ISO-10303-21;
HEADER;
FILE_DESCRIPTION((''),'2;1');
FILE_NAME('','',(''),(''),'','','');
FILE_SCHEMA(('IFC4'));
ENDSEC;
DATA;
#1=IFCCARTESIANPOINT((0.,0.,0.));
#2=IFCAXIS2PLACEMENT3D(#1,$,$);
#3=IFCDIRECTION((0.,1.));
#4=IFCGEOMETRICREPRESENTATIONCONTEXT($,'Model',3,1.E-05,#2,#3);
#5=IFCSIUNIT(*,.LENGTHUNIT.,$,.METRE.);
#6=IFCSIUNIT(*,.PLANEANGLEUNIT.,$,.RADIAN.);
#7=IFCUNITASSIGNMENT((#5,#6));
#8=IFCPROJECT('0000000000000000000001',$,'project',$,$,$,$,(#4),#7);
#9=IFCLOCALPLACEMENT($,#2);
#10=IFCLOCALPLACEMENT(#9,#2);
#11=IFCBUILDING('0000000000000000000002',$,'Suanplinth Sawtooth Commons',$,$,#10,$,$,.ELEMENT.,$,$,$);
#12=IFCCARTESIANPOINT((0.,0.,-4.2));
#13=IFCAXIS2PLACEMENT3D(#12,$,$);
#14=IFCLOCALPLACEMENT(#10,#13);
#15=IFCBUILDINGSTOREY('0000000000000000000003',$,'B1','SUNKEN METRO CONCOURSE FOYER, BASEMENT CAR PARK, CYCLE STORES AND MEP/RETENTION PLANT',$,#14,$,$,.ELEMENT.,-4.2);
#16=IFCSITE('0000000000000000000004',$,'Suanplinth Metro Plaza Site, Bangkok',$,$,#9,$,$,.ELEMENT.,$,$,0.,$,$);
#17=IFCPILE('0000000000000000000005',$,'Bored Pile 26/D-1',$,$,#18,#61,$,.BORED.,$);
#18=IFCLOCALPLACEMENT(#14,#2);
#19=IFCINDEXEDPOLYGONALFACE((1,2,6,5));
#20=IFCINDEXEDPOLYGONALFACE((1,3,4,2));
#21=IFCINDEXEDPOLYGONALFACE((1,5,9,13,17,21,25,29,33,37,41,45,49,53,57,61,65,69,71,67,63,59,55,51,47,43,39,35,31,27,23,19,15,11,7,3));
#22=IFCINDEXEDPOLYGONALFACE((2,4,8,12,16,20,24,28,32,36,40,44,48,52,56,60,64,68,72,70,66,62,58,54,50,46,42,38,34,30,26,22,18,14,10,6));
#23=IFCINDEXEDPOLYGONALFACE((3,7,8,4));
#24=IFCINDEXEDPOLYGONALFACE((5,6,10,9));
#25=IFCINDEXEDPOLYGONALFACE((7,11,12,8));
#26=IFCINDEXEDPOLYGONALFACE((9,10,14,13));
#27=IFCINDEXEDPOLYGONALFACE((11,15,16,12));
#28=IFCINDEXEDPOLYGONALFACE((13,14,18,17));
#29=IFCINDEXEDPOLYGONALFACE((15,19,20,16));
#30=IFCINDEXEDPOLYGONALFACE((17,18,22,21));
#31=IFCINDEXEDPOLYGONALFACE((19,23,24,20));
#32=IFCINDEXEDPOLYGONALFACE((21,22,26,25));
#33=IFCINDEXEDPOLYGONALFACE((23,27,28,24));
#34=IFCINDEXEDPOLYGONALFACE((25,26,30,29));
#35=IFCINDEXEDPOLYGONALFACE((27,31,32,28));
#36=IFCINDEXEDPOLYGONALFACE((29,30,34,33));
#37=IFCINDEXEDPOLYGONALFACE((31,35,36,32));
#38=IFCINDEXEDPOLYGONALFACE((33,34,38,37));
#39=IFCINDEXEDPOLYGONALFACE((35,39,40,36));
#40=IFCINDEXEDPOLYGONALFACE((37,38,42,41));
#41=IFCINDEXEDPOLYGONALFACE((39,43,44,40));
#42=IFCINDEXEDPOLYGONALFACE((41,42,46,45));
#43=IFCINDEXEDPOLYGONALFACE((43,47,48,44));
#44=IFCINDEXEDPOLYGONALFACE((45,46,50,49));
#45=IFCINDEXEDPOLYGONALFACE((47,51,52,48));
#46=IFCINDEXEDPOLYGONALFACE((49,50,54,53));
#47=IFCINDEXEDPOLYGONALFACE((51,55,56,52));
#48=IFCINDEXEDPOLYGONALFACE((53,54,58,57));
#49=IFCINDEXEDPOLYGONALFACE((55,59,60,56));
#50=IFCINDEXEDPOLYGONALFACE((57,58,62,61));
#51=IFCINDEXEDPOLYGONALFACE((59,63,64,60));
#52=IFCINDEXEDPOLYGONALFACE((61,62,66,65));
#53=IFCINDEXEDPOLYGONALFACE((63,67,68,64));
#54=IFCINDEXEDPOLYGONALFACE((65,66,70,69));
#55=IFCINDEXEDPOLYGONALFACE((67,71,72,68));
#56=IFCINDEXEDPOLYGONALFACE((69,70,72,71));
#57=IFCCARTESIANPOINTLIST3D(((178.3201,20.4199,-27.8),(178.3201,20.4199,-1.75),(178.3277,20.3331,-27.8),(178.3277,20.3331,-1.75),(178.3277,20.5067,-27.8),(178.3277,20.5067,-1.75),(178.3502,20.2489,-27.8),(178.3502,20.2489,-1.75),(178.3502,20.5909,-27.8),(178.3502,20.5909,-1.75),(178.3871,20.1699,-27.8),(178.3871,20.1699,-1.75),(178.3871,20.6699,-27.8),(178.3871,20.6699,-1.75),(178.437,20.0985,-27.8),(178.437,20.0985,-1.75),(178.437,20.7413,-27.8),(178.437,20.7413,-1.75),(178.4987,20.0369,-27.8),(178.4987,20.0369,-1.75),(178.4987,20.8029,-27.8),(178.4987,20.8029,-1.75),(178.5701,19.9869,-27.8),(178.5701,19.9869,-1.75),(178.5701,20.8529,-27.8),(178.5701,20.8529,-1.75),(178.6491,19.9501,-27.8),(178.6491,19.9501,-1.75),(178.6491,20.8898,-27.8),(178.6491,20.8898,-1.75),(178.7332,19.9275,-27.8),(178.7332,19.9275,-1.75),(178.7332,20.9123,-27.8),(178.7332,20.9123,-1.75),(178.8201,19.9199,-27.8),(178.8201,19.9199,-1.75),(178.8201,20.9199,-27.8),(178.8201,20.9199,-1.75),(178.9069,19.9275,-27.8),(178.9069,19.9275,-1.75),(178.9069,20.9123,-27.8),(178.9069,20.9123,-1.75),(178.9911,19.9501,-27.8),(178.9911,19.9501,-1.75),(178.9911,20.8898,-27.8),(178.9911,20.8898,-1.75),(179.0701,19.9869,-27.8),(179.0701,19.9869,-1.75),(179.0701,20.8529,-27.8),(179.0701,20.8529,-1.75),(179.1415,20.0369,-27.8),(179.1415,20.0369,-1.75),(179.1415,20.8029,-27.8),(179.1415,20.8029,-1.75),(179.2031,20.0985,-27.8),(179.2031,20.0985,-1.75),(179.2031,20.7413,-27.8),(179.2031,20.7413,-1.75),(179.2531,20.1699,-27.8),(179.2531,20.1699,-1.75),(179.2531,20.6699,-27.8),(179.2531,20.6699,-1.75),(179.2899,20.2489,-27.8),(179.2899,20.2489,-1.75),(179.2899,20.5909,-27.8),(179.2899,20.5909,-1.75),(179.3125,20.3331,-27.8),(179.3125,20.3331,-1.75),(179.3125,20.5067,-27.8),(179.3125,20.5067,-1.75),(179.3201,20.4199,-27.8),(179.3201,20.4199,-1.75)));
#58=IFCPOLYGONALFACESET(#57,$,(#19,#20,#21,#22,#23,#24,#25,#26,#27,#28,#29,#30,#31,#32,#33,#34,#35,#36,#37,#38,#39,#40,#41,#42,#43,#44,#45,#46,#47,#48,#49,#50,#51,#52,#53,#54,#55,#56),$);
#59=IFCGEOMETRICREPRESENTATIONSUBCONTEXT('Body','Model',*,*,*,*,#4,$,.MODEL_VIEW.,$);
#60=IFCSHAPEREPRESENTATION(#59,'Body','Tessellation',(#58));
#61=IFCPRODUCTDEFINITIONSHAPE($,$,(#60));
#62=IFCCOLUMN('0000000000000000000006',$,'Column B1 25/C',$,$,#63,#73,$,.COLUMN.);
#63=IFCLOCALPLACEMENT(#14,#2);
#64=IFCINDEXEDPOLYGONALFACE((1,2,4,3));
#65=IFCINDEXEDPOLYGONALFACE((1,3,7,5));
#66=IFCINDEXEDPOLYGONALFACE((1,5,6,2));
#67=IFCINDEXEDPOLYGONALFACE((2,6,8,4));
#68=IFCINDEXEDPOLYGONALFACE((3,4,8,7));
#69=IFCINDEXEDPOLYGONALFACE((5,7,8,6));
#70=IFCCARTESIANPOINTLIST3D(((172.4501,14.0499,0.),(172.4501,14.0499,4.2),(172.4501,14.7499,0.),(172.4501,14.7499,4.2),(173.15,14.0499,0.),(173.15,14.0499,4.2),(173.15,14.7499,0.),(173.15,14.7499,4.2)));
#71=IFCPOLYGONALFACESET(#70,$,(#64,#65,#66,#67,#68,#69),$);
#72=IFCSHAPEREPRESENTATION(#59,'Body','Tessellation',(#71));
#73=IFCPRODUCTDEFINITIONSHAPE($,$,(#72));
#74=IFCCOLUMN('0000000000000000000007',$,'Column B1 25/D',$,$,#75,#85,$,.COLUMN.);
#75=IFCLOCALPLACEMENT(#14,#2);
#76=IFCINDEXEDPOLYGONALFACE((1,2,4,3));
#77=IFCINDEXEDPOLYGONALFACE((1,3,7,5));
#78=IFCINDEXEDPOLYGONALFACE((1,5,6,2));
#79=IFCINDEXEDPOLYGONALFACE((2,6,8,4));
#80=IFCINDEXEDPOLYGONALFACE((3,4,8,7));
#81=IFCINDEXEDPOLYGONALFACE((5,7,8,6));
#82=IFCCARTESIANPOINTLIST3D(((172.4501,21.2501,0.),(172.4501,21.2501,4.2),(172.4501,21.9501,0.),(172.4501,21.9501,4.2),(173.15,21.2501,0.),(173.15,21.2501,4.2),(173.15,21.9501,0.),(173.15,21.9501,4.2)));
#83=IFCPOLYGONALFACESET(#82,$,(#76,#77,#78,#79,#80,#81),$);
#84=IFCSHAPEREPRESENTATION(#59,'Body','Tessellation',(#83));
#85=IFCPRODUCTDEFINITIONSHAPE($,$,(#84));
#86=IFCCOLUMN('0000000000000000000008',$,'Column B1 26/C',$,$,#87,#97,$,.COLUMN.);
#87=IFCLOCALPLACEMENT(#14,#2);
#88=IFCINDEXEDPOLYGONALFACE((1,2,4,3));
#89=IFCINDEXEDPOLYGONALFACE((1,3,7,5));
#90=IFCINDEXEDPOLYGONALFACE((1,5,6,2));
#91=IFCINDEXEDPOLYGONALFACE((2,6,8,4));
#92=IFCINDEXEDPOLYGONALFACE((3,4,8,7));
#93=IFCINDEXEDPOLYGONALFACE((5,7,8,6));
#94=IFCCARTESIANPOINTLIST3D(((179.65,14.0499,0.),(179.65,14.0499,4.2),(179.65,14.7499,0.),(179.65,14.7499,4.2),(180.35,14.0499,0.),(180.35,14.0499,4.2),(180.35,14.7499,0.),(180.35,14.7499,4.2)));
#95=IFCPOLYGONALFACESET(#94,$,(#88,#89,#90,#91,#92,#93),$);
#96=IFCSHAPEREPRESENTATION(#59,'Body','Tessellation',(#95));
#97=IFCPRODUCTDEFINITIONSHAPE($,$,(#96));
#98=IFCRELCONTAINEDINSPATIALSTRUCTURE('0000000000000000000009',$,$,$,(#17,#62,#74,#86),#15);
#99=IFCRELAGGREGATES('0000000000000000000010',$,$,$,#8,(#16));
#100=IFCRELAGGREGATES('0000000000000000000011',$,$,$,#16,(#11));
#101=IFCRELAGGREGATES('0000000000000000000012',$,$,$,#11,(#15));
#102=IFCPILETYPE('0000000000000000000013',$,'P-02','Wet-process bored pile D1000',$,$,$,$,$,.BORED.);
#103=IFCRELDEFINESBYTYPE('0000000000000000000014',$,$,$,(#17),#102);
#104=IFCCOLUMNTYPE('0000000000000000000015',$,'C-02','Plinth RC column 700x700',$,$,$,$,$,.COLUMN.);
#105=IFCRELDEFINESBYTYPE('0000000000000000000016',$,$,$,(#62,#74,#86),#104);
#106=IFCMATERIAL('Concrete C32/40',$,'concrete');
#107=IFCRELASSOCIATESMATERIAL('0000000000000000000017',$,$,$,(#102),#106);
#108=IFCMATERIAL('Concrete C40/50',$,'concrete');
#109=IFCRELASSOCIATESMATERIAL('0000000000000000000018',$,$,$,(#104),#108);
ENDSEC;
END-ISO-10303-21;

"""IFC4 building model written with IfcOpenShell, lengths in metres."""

from ifc_helpers import new_model, si_unit, direction, frame, origin, origin_2d, place, context, subcontext, project, spatial, rectangle, circle, extrude, material, material_profile, profile_set, type_object, element, save


model = new_model("IFC4")

# Units and contexts
model_context = context("Model", 3, precision=1e-05, world=origin(), true_north=direction((0.0, 1.0)))
body_context = subcontext(model_context, "Body", "Model", "MODEL_VIEW")
ifc_project = project(units=[si_unit("LENGTHUNIT", "METRE"), si_unit("PLANEANGLEUNIT", "RADIAN")], contexts=[model_context])

# Site, building, storey
site_placement = place(None, origin())
site = spatial("IfcSite", under=ifc_project, at=site_placement, Name="Suanplinth Metro Plaza Site, Bangkok", CompositionType="ELEMENT", RefElevation=0.0)
building_placement = place(site_placement, origin())
building = spatial("IfcBuilding", under=site, at=building_placement, Name="Suanplinth Sawtooth Commons", CompositionType="ELEMENT")
storey_placement = place(building_placement, frame((0.0, 0.0, -4.2)))
storey = spatial("IfcBuildingStorey", under=building, at=storey_placement, Name="B1", Description="SUNKEN METRO CONCOURSE FOYER, BASEMENT CAR PARK, CYCLE STORES AND MEP/RETENTION PLANT", CompositionType="ELEMENT", Elevation=-4.2)

# Pile
ifc_material_1 = material(Name="Concrete C32/40", Category="concrete")
ifc_material_profile_1 = material_profile(ifc_material_1, circle(Radius=0.5, at=origin_2d()), Name="PILE D1000")
ifc_profile_set_1 = profile_set([ifc_material_profile_1], Name="Concrete C32/40")
pile_type = type_object("IfcPileType", Name="P-02", Description="Wet-process bored pile D1000", PredefinedType="BORED", material=ifc_profile_set_1)
pile_1_placement = place(storey_placement, frame((178.8201, 20.4199, -1.75), z_axis=(0.0, 0.0, -1.0), x_axis=(1.0, 0.0, 0.0)))
element("IfcPile", 1, at=pile_1_placement, inside=storey, type_object=pile_type, Name="Bored Pile 26/D-1", PredefinedType="BORED", context=body_context, shape_type="SweptSolid", body=[
    extrude(circle(Radius=0.5, at=origin_2d()), origin(), (0.0, 0.0, 1.0), 26.05),
])

# Columns
ifc_material_2 = material(Name="Concrete C40/50", Category="concrete")
ifc_material_profile_2 = material_profile(ifc_material_2, rectangle(XDim=0.7, YDim=0.7, at=origin_2d()), Name="RC-COL 700x700")
ifc_profile_set_2 = profile_set([ifc_material_profile_2], Name="Concrete C40/50")
column_type = type_object("IfcColumnType", Name="C-02", Description="Plinth RC column 700x700", PredefinedType="COLUMN", material=ifc_profile_set_2)
for number, where, z_axis, x_axis, name in (
    (2, (172.8, 14.3999, 0.0), (0.0, 0.0, 1.0), (1.0, 0.0, 0.0), "Column B1 25/C"),
    (3, (172.8, 21.6001, 0.0), (0.0, 0.0, 1.0), (1.0, 0.0, 0.0), "Column B1 25/D"),
    (4, (180.0, 14.3999, 0.0), (0.0, 0.0, 1.0), (1.0, 0.0, 0.0), "Column B1 26/C"),
):
    element("IfcColumn", number, at=place(storey_placement, frame(where, z_axis=z_axis, x_axis=x_axis)), inside=storey, type_object=column_type, Name=name, PredefinedType="COLUMN", context=body_context, shape_type="SweptSolid", body=[
        extrude(rectangle(XDim=0.7, YDim=0.7, at=origin_2d()), origin(), (0.0, 0.0, 1.0), 4.2),
    ])

save(model, "model.ifc")
